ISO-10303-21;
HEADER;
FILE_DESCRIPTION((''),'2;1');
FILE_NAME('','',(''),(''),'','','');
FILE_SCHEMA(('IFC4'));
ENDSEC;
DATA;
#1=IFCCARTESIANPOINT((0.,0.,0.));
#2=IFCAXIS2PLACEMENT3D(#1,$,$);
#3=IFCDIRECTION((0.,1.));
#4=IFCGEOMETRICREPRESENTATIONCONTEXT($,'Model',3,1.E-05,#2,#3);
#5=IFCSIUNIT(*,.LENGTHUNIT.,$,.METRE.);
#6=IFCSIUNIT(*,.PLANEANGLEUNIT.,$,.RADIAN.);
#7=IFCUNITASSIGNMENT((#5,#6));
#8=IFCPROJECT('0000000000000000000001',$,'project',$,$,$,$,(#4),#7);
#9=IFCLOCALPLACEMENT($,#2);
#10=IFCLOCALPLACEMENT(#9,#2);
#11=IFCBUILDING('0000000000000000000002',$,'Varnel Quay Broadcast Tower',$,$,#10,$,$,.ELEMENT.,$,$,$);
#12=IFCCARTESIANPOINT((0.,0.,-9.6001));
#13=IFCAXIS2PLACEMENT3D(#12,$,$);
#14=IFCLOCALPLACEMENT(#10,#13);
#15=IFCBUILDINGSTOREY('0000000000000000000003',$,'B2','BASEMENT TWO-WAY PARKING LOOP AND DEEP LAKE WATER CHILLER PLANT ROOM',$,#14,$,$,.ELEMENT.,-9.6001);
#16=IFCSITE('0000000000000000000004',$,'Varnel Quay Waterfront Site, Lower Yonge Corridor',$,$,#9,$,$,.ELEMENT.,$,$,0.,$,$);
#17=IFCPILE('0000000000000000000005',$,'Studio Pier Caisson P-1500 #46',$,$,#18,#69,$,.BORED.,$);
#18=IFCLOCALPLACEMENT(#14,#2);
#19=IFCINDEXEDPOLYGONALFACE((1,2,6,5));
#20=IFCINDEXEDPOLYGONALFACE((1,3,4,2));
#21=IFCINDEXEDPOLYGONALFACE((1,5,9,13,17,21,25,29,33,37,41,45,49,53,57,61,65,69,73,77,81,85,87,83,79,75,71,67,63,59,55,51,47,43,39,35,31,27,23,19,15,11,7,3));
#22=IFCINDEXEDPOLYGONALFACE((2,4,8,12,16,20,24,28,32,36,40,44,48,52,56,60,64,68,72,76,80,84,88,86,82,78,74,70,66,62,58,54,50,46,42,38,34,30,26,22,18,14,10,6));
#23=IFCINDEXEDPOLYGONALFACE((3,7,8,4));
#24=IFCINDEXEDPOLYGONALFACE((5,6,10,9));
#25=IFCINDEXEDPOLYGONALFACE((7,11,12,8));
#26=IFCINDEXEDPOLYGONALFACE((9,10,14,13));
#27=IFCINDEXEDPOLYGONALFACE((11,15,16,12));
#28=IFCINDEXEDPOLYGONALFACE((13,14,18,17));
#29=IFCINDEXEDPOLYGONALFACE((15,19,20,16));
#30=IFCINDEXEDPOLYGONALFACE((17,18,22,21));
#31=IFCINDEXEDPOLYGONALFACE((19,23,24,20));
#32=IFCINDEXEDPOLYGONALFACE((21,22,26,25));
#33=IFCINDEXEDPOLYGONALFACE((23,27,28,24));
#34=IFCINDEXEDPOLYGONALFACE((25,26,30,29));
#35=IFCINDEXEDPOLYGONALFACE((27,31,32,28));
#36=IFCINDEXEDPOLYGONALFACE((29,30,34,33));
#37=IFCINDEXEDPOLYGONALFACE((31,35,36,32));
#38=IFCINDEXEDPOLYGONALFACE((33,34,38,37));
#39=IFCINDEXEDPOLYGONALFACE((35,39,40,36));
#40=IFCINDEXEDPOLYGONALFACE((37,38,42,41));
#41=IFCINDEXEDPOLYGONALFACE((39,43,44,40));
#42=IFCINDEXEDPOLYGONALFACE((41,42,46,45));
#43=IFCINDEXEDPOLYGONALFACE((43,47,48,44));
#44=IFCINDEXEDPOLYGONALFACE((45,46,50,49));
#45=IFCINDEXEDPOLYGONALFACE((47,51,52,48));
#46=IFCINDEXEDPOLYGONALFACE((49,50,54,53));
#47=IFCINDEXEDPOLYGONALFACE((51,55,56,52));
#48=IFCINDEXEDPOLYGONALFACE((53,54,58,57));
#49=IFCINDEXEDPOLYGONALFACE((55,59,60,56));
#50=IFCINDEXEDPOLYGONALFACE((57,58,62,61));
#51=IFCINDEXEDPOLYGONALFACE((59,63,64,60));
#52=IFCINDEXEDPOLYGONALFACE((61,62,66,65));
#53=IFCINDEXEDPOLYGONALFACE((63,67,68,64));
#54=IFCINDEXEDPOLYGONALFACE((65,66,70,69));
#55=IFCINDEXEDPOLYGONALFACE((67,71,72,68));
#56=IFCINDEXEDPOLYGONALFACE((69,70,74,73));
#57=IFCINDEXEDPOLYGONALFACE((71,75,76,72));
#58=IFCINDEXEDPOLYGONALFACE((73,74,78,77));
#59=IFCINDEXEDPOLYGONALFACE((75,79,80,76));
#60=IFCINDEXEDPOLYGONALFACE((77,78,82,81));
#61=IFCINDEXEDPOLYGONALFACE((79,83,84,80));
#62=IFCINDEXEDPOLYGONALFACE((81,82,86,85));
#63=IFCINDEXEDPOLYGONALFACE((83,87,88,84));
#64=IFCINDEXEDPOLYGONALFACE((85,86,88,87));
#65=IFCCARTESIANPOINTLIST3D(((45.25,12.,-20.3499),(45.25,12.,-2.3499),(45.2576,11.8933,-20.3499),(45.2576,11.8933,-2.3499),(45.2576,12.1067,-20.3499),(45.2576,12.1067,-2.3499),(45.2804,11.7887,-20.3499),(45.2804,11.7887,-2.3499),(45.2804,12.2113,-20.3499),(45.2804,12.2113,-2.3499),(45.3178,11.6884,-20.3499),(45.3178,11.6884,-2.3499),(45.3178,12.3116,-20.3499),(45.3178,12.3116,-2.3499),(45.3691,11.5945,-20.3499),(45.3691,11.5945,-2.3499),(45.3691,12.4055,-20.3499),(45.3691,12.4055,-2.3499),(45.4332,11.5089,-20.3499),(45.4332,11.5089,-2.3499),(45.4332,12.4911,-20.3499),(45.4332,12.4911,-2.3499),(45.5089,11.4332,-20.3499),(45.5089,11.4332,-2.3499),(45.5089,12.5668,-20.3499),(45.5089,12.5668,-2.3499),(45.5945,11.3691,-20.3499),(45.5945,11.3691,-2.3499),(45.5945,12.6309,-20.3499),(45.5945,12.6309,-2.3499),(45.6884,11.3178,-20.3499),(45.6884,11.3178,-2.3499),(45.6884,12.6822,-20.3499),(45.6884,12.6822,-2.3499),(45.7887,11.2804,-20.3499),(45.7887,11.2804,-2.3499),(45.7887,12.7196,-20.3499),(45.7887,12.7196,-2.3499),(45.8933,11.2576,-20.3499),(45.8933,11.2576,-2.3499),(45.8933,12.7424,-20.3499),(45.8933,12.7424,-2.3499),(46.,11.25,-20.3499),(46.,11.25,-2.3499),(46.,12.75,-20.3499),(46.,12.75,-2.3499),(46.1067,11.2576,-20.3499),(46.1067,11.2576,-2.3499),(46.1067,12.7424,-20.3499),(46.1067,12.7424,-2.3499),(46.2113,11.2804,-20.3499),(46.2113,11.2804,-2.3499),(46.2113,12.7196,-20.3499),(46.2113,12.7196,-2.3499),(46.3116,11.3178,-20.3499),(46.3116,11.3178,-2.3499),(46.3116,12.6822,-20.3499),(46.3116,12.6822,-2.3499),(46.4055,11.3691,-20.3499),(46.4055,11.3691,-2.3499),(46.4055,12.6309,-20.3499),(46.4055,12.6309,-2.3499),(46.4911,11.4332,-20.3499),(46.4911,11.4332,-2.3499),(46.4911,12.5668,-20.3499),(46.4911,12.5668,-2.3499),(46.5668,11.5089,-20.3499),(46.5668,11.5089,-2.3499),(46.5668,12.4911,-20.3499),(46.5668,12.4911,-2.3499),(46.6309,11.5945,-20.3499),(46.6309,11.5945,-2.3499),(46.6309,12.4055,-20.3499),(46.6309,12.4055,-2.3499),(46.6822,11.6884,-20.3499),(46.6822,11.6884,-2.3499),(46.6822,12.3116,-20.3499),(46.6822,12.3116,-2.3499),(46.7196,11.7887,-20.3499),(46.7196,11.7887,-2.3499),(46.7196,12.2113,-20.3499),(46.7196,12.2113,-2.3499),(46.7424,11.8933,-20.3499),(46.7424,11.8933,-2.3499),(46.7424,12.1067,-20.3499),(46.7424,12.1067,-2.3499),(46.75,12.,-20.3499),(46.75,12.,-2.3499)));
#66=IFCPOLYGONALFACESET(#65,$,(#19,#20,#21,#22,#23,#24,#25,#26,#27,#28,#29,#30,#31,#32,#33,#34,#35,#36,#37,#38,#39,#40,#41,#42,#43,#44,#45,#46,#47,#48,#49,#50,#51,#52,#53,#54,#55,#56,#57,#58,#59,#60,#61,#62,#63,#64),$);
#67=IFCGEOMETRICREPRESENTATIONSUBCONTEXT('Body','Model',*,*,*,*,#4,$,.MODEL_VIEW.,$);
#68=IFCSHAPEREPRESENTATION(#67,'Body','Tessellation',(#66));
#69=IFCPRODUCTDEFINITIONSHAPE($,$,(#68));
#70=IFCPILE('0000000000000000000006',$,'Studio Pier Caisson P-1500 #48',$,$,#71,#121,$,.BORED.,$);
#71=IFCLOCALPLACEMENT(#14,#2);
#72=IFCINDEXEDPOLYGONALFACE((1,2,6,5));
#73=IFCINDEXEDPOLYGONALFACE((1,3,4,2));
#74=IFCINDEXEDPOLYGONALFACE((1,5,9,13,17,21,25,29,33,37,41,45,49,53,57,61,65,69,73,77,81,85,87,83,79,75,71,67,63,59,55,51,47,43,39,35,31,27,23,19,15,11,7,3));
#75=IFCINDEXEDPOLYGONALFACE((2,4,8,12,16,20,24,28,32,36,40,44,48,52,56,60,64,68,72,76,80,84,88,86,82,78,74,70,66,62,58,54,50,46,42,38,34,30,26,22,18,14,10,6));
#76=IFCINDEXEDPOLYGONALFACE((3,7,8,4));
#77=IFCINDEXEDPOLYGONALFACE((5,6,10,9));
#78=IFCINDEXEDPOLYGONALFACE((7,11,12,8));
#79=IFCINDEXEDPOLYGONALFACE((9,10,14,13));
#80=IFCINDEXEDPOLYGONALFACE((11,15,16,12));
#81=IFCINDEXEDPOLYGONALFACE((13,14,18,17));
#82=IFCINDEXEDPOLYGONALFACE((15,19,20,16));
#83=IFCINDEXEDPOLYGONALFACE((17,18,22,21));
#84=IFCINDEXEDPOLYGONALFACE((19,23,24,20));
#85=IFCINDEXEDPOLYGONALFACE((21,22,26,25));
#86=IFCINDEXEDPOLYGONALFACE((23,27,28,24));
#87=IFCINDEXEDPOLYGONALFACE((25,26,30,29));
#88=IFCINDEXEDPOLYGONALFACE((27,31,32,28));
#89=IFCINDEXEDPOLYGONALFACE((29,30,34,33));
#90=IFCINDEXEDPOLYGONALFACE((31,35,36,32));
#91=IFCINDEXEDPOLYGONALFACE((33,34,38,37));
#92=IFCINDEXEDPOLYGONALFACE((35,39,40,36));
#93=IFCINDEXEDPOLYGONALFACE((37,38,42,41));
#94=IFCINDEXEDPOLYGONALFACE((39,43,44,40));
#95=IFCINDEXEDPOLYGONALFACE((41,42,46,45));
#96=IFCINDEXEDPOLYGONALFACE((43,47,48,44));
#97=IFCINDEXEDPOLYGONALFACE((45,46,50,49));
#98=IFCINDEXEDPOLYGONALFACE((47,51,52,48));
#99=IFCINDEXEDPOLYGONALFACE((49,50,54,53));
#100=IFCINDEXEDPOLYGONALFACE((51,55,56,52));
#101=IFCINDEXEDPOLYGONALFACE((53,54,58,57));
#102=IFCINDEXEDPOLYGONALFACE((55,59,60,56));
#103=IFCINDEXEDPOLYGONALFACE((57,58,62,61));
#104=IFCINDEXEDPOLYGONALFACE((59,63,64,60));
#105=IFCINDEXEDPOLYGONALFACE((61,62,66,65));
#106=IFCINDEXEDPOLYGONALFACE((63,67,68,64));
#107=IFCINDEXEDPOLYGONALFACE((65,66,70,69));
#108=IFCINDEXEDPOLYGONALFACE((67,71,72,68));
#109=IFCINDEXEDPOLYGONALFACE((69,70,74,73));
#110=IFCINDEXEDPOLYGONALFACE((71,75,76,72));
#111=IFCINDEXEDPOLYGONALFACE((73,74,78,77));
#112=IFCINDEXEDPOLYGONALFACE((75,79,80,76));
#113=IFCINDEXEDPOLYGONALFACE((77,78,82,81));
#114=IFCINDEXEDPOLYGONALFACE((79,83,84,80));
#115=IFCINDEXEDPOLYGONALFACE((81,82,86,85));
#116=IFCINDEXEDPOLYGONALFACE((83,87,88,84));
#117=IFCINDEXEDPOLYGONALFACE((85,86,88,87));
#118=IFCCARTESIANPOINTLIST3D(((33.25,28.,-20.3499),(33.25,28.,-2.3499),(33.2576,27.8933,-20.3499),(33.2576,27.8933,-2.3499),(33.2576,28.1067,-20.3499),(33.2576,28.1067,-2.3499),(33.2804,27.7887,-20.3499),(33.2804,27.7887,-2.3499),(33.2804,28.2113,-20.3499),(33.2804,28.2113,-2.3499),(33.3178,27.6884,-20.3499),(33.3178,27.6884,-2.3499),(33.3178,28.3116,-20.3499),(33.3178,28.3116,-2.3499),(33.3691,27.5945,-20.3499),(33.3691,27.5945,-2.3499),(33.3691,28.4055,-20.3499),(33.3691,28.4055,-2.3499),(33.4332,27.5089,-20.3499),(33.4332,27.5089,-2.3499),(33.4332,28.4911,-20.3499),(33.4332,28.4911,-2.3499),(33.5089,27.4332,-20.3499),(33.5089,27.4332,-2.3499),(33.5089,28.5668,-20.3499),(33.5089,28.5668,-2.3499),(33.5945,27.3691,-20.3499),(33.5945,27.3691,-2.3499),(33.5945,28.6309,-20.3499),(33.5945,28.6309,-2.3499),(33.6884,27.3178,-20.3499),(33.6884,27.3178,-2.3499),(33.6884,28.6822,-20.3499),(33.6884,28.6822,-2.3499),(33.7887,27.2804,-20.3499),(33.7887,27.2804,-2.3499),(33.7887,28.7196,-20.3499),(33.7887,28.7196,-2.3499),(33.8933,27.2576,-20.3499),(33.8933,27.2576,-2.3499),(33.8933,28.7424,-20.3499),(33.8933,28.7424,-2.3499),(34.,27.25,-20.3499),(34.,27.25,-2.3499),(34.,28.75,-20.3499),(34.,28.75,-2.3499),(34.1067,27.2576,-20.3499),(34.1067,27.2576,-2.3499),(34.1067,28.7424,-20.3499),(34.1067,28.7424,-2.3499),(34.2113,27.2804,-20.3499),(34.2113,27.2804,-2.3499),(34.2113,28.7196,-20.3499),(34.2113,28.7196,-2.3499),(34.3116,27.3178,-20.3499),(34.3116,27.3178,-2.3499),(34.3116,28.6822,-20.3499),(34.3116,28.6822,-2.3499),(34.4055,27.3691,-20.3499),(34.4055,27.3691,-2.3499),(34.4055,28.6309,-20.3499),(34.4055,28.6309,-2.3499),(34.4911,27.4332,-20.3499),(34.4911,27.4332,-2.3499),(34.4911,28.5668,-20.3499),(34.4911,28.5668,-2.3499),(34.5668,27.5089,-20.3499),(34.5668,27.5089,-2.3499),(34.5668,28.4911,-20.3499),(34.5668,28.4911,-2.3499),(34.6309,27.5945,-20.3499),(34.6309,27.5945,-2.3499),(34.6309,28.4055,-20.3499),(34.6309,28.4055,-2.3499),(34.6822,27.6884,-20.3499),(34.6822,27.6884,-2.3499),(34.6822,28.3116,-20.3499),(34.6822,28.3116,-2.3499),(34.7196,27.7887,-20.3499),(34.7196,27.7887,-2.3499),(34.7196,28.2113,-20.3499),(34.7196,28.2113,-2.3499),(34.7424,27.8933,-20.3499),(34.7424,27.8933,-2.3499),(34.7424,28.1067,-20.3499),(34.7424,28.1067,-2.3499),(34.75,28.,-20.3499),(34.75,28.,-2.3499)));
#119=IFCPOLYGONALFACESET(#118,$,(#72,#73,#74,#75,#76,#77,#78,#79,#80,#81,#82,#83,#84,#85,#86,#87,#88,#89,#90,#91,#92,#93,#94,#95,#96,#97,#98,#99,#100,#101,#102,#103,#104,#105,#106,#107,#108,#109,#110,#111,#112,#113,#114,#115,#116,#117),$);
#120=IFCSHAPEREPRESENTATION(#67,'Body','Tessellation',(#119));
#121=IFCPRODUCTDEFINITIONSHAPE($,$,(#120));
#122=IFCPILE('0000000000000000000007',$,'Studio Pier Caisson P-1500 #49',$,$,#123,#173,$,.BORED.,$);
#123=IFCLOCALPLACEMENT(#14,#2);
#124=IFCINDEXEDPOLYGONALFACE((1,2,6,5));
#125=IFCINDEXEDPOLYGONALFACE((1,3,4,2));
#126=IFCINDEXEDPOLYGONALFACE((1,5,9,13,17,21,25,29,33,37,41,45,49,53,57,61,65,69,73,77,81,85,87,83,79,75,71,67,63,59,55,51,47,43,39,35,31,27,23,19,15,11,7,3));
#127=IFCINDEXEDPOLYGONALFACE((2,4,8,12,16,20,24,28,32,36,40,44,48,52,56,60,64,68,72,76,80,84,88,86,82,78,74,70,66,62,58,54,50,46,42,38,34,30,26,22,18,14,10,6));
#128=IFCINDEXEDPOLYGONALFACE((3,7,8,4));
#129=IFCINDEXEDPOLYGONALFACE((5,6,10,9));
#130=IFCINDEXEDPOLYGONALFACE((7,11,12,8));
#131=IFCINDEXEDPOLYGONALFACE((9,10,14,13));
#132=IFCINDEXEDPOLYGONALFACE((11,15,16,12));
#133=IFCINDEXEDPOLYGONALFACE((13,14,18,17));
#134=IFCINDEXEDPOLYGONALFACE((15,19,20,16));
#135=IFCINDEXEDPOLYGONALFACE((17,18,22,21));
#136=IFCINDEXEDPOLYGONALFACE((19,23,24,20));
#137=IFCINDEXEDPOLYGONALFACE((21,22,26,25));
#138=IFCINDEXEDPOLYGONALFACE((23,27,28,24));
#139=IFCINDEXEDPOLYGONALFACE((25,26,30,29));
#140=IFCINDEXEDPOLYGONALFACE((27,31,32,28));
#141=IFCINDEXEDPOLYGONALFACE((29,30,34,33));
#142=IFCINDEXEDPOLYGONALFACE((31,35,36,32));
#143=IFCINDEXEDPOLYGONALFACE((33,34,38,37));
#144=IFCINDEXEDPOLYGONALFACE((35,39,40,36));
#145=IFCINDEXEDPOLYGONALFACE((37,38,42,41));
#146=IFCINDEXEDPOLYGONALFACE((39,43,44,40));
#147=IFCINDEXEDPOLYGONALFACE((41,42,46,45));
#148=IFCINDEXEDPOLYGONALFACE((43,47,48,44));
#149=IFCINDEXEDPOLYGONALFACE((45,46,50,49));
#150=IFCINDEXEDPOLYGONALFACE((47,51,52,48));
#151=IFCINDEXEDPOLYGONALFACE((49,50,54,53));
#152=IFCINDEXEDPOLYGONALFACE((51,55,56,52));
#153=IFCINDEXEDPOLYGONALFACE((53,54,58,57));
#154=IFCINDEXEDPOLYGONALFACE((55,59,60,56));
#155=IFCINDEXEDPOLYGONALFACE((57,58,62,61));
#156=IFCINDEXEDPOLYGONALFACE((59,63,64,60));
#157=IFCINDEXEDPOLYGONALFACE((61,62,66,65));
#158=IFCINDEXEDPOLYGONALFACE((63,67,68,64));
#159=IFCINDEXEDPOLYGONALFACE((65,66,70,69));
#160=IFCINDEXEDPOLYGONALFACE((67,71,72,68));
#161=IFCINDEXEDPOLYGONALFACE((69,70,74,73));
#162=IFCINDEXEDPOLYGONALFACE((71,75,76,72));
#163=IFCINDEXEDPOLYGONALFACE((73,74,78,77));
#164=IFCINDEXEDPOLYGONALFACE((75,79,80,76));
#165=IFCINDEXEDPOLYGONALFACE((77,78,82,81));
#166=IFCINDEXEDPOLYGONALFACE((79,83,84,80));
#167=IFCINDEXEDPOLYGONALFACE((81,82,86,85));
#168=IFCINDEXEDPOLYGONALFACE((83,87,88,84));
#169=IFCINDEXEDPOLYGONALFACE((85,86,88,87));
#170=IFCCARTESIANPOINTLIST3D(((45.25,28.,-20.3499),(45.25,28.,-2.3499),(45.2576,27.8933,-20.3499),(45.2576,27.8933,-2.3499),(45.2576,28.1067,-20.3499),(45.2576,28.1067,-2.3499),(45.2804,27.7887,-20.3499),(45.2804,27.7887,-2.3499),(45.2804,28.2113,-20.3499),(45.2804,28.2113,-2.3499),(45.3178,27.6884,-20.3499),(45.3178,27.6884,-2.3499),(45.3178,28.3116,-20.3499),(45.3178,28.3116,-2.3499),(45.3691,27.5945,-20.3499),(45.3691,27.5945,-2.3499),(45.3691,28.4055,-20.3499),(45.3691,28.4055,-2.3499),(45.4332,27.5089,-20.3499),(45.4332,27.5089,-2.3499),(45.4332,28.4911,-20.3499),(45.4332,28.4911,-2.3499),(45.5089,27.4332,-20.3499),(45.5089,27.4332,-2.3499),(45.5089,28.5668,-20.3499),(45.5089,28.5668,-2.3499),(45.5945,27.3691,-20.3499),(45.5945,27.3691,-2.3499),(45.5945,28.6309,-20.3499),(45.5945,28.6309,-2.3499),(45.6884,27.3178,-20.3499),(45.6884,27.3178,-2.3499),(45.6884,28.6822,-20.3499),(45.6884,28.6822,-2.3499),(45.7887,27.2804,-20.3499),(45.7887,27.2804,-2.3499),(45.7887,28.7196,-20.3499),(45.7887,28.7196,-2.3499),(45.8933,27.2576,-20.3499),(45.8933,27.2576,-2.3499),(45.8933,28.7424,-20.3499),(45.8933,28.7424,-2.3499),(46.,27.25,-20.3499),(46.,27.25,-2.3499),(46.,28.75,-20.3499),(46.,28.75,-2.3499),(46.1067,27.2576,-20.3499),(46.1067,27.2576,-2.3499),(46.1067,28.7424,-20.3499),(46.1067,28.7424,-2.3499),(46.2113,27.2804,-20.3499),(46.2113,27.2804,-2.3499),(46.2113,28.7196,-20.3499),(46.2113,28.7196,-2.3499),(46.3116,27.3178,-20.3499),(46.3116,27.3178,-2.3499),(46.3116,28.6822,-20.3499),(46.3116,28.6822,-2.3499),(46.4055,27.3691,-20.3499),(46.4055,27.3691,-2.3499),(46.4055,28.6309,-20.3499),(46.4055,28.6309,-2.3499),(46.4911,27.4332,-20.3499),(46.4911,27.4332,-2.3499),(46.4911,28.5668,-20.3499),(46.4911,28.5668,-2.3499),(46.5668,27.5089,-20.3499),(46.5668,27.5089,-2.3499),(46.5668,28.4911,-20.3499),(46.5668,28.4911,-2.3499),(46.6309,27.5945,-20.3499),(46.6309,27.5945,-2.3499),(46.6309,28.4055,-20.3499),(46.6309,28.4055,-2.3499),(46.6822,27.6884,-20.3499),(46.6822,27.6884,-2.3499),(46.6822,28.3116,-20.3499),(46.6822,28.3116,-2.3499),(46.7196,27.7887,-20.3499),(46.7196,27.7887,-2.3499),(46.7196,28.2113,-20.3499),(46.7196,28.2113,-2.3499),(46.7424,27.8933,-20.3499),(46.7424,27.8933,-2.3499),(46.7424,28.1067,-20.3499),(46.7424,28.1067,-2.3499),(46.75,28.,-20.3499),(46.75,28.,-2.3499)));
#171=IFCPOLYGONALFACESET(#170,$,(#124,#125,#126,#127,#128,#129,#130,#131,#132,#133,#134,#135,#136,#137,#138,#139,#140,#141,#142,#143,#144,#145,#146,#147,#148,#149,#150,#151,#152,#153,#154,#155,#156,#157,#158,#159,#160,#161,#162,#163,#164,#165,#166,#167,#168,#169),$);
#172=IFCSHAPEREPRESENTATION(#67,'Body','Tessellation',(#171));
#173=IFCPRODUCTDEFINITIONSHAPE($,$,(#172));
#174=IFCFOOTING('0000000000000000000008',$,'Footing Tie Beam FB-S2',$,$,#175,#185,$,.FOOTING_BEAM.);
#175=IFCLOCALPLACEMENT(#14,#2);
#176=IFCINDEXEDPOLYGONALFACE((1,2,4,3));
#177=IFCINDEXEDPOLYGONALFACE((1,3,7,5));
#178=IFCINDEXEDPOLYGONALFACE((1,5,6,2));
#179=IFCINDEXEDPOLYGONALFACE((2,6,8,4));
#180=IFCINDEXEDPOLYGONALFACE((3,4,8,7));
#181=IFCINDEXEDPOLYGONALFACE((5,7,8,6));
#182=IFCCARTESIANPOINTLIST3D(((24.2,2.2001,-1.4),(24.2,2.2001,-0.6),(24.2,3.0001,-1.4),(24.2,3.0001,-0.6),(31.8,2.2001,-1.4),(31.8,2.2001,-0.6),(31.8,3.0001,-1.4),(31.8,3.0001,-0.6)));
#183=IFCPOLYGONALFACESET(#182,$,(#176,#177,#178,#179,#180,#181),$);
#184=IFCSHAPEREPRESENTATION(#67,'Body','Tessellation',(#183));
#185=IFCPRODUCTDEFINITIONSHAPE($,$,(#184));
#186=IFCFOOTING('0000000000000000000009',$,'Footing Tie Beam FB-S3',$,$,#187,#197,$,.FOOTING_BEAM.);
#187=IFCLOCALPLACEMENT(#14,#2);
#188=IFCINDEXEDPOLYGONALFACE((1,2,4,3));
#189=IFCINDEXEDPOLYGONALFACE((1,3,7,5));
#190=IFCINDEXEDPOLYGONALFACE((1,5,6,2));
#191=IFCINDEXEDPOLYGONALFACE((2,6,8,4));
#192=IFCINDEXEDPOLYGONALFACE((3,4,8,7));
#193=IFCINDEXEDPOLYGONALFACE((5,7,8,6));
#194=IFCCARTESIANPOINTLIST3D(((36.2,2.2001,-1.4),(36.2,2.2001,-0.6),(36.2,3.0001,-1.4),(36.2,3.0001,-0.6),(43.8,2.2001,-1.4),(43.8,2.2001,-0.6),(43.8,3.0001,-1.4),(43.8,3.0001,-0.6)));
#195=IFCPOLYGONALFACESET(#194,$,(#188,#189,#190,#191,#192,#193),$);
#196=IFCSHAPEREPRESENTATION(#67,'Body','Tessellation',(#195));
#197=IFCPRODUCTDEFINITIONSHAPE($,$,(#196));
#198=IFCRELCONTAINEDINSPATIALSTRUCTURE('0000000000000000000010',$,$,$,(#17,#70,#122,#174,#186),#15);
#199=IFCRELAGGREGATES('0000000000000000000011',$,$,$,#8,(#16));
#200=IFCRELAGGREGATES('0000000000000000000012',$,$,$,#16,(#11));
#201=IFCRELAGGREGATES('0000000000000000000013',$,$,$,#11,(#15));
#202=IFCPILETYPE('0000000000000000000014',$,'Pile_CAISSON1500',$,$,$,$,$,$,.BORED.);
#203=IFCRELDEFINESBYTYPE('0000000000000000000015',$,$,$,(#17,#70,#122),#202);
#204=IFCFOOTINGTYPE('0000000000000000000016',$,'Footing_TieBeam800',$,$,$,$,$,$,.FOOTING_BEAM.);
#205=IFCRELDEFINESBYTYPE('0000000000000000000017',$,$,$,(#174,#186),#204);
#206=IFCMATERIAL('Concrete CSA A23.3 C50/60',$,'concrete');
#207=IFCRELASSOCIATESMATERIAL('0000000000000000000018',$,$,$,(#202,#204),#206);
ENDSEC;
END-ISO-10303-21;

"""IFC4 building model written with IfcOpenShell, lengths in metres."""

from ifc_helpers import new_model, si_unit, direction, frame, origin, origin_2d, place, context, subcontext, project, spatial, rectangle, circle, extrude, source, transform, mapped, material, material_profile, profile_set, type_object, type_shapes, element, save


model = new_model("IFC4")

# Units and contexts
model_context = context("Model", 3, precision=1e-05, world=origin(), true_north=direction((0.0, 1.0)))
body_context = subcontext(model_context, "Body", "Model", "MODEL_VIEW")
ifc_project = project(units=[si_unit("LENGTHUNIT", "METRE"), si_unit("PLANEANGLEUNIT", "RADIAN")], contexts=[model_context])

# Site, building, storey
site_placement = place(None, origin())
site = spatial("IfcSite", under=ifc_project, at=site_placement, Name="Varnel Quay Waterfront Site, Lower Yonge Corridor", CompositionType="ELEMENT", RefElevation=0.0)
building_placement = place(site_placement, origin())
building = spatial("IfcBuilding", under=site, at=building_placement, Name="Varnel Quay Broadcast Tower", CompositionType="ELEMENT")
storey_placement = place(building_placement, frame((0.0, 0.0, -9.6001)))
storey = spatial("IfcBuildingStorey", under=building, at=storey_placement, Name="B2", Description="BASEMENT TWO-WAY PARKING LOOP AND DEEP LAKE WATER CHILLER PLANT ROOM", CompositionType="ELEMENT", Elevation=-9.6001)

# Piles
ifc_material_1 = material(Name="Concrete CSA A23.3 C50/60", Category="concrete")
ifc_material_profile_1 = material_profile(ifc_material_1, circle(Radius=0.75, at=origin_2d()), Name="CAISSON1500")
ifc_profile_set_1 = profile_set([ifc_material_profile_1], Name="Concrete CSA A23.3 C50/60")
pile_type = type_object("IfcPileType", Name="Pile_CAISSON1500", PredefinedType="BORED", material=ifc_profile_set_1)
shared_shape_1 = source(origin(), body_context, "Body", "SweptSolid", [
    extrude(circle(Radius=0.75, at=origin_2d()), origin(), (0.0, 0.0, 1.0), 18.0),
])
type_shapes(pile_type, [shared_shape_1])
for number, where, z_axis, x_axis, name in (
    (1, (46.0, 12.0, -2.3499), (0.0, 0.0, -1.0), (1.0, 0.0, 0.0), "Studio Pier Caisson P-1500 #46"),
    (2, (34.0, 28.0, -2.3499), (0.0, 0.0, -1.0), (1.0, 0.0, 0.0), "Studio Pier Caisson P-1500 #48"),
    (3, (46.0, 28.0, -2.3499), (0.0, 0.0, -1.0), (1.0, 0.0, 0.0), "Studio Pier Caisson P-1500 #49"),
):
    element("IfcPile", number, at=place(storey_placement, frame(where, z_axis=z_axis, x_axis=x_axis)), inside=storey, type_object=pile_type, Name=name, PredefinedType="BORED", context=body_context, shape_type="MappedRepresentation", body=[
        mapped(shared_shape_1, transform((0.0, 0.0, 0.0), x_axis=(1.0, 0.0, 0.0), y_axis=(0.0, 1.0, 0.0), z_axis=(0.0, 0.0, 1.0), scale=1.0)),
    ])

# Footings
ifc_material_profile_2 = material_profile(ifc_material_1, rectangle(XDim=0.8, YDim=0.8, at=origin_2d()), Name="RC800X800")
ifc_profile_set_2 = profile_set([ifc_material_profile_2], Name="Concrete CSA A23.3 C50/60")
footing_type = type_object("IfcFootingType", Name="Footing_TieBeam800", PredefinedType="FOOTING_BEAM", material=ifc_profile_set_2)
shared_shape_2 = source(origin(), body_context, "Body", "SweptSolid", [
    extrude(rectangle(XDim=0.8, YDim=0.8, at=origin_2d()), origin(), (0.0, 0.0, 1.0), 7.6001),
])
type_shapes(footing_type, [shared_shape_2])
for number, where, z_axis, x_axis, name in (
    (4, (24.2, 2.6001, -1.0), (1.0, 0.0, 0.0), (0.0, 1.0, 0.0), "Footing Tie Beam FB-S2"),
    (5, (36.2, 2.6001, -1.0), (1.0, 0.0, 0.0), (0.0, 1.0, 0.0), "Footing Tie Beam FB-S3"),
):
    element("IfcFooting", number, at=place(storey_placement, frame(where, z_axis=z_axis, x_axis=x_axis)), inside=storey, type_object=footing_type, Name=name, PredefinedType="FOOTING_BEAM", context=body_context, shape_type="MappedRepresentation", body=[
        mapped(shared_shape_2, transform((0.0, 0.0, 0.0), x_axis=(1.0, 0.0, 0.0), y_axis=(0.0, 1.0, 0.0), z_axis=(0.0, 0.0, 1.0), scale=1.0)),
    ])

save(model, "model.ifc")
